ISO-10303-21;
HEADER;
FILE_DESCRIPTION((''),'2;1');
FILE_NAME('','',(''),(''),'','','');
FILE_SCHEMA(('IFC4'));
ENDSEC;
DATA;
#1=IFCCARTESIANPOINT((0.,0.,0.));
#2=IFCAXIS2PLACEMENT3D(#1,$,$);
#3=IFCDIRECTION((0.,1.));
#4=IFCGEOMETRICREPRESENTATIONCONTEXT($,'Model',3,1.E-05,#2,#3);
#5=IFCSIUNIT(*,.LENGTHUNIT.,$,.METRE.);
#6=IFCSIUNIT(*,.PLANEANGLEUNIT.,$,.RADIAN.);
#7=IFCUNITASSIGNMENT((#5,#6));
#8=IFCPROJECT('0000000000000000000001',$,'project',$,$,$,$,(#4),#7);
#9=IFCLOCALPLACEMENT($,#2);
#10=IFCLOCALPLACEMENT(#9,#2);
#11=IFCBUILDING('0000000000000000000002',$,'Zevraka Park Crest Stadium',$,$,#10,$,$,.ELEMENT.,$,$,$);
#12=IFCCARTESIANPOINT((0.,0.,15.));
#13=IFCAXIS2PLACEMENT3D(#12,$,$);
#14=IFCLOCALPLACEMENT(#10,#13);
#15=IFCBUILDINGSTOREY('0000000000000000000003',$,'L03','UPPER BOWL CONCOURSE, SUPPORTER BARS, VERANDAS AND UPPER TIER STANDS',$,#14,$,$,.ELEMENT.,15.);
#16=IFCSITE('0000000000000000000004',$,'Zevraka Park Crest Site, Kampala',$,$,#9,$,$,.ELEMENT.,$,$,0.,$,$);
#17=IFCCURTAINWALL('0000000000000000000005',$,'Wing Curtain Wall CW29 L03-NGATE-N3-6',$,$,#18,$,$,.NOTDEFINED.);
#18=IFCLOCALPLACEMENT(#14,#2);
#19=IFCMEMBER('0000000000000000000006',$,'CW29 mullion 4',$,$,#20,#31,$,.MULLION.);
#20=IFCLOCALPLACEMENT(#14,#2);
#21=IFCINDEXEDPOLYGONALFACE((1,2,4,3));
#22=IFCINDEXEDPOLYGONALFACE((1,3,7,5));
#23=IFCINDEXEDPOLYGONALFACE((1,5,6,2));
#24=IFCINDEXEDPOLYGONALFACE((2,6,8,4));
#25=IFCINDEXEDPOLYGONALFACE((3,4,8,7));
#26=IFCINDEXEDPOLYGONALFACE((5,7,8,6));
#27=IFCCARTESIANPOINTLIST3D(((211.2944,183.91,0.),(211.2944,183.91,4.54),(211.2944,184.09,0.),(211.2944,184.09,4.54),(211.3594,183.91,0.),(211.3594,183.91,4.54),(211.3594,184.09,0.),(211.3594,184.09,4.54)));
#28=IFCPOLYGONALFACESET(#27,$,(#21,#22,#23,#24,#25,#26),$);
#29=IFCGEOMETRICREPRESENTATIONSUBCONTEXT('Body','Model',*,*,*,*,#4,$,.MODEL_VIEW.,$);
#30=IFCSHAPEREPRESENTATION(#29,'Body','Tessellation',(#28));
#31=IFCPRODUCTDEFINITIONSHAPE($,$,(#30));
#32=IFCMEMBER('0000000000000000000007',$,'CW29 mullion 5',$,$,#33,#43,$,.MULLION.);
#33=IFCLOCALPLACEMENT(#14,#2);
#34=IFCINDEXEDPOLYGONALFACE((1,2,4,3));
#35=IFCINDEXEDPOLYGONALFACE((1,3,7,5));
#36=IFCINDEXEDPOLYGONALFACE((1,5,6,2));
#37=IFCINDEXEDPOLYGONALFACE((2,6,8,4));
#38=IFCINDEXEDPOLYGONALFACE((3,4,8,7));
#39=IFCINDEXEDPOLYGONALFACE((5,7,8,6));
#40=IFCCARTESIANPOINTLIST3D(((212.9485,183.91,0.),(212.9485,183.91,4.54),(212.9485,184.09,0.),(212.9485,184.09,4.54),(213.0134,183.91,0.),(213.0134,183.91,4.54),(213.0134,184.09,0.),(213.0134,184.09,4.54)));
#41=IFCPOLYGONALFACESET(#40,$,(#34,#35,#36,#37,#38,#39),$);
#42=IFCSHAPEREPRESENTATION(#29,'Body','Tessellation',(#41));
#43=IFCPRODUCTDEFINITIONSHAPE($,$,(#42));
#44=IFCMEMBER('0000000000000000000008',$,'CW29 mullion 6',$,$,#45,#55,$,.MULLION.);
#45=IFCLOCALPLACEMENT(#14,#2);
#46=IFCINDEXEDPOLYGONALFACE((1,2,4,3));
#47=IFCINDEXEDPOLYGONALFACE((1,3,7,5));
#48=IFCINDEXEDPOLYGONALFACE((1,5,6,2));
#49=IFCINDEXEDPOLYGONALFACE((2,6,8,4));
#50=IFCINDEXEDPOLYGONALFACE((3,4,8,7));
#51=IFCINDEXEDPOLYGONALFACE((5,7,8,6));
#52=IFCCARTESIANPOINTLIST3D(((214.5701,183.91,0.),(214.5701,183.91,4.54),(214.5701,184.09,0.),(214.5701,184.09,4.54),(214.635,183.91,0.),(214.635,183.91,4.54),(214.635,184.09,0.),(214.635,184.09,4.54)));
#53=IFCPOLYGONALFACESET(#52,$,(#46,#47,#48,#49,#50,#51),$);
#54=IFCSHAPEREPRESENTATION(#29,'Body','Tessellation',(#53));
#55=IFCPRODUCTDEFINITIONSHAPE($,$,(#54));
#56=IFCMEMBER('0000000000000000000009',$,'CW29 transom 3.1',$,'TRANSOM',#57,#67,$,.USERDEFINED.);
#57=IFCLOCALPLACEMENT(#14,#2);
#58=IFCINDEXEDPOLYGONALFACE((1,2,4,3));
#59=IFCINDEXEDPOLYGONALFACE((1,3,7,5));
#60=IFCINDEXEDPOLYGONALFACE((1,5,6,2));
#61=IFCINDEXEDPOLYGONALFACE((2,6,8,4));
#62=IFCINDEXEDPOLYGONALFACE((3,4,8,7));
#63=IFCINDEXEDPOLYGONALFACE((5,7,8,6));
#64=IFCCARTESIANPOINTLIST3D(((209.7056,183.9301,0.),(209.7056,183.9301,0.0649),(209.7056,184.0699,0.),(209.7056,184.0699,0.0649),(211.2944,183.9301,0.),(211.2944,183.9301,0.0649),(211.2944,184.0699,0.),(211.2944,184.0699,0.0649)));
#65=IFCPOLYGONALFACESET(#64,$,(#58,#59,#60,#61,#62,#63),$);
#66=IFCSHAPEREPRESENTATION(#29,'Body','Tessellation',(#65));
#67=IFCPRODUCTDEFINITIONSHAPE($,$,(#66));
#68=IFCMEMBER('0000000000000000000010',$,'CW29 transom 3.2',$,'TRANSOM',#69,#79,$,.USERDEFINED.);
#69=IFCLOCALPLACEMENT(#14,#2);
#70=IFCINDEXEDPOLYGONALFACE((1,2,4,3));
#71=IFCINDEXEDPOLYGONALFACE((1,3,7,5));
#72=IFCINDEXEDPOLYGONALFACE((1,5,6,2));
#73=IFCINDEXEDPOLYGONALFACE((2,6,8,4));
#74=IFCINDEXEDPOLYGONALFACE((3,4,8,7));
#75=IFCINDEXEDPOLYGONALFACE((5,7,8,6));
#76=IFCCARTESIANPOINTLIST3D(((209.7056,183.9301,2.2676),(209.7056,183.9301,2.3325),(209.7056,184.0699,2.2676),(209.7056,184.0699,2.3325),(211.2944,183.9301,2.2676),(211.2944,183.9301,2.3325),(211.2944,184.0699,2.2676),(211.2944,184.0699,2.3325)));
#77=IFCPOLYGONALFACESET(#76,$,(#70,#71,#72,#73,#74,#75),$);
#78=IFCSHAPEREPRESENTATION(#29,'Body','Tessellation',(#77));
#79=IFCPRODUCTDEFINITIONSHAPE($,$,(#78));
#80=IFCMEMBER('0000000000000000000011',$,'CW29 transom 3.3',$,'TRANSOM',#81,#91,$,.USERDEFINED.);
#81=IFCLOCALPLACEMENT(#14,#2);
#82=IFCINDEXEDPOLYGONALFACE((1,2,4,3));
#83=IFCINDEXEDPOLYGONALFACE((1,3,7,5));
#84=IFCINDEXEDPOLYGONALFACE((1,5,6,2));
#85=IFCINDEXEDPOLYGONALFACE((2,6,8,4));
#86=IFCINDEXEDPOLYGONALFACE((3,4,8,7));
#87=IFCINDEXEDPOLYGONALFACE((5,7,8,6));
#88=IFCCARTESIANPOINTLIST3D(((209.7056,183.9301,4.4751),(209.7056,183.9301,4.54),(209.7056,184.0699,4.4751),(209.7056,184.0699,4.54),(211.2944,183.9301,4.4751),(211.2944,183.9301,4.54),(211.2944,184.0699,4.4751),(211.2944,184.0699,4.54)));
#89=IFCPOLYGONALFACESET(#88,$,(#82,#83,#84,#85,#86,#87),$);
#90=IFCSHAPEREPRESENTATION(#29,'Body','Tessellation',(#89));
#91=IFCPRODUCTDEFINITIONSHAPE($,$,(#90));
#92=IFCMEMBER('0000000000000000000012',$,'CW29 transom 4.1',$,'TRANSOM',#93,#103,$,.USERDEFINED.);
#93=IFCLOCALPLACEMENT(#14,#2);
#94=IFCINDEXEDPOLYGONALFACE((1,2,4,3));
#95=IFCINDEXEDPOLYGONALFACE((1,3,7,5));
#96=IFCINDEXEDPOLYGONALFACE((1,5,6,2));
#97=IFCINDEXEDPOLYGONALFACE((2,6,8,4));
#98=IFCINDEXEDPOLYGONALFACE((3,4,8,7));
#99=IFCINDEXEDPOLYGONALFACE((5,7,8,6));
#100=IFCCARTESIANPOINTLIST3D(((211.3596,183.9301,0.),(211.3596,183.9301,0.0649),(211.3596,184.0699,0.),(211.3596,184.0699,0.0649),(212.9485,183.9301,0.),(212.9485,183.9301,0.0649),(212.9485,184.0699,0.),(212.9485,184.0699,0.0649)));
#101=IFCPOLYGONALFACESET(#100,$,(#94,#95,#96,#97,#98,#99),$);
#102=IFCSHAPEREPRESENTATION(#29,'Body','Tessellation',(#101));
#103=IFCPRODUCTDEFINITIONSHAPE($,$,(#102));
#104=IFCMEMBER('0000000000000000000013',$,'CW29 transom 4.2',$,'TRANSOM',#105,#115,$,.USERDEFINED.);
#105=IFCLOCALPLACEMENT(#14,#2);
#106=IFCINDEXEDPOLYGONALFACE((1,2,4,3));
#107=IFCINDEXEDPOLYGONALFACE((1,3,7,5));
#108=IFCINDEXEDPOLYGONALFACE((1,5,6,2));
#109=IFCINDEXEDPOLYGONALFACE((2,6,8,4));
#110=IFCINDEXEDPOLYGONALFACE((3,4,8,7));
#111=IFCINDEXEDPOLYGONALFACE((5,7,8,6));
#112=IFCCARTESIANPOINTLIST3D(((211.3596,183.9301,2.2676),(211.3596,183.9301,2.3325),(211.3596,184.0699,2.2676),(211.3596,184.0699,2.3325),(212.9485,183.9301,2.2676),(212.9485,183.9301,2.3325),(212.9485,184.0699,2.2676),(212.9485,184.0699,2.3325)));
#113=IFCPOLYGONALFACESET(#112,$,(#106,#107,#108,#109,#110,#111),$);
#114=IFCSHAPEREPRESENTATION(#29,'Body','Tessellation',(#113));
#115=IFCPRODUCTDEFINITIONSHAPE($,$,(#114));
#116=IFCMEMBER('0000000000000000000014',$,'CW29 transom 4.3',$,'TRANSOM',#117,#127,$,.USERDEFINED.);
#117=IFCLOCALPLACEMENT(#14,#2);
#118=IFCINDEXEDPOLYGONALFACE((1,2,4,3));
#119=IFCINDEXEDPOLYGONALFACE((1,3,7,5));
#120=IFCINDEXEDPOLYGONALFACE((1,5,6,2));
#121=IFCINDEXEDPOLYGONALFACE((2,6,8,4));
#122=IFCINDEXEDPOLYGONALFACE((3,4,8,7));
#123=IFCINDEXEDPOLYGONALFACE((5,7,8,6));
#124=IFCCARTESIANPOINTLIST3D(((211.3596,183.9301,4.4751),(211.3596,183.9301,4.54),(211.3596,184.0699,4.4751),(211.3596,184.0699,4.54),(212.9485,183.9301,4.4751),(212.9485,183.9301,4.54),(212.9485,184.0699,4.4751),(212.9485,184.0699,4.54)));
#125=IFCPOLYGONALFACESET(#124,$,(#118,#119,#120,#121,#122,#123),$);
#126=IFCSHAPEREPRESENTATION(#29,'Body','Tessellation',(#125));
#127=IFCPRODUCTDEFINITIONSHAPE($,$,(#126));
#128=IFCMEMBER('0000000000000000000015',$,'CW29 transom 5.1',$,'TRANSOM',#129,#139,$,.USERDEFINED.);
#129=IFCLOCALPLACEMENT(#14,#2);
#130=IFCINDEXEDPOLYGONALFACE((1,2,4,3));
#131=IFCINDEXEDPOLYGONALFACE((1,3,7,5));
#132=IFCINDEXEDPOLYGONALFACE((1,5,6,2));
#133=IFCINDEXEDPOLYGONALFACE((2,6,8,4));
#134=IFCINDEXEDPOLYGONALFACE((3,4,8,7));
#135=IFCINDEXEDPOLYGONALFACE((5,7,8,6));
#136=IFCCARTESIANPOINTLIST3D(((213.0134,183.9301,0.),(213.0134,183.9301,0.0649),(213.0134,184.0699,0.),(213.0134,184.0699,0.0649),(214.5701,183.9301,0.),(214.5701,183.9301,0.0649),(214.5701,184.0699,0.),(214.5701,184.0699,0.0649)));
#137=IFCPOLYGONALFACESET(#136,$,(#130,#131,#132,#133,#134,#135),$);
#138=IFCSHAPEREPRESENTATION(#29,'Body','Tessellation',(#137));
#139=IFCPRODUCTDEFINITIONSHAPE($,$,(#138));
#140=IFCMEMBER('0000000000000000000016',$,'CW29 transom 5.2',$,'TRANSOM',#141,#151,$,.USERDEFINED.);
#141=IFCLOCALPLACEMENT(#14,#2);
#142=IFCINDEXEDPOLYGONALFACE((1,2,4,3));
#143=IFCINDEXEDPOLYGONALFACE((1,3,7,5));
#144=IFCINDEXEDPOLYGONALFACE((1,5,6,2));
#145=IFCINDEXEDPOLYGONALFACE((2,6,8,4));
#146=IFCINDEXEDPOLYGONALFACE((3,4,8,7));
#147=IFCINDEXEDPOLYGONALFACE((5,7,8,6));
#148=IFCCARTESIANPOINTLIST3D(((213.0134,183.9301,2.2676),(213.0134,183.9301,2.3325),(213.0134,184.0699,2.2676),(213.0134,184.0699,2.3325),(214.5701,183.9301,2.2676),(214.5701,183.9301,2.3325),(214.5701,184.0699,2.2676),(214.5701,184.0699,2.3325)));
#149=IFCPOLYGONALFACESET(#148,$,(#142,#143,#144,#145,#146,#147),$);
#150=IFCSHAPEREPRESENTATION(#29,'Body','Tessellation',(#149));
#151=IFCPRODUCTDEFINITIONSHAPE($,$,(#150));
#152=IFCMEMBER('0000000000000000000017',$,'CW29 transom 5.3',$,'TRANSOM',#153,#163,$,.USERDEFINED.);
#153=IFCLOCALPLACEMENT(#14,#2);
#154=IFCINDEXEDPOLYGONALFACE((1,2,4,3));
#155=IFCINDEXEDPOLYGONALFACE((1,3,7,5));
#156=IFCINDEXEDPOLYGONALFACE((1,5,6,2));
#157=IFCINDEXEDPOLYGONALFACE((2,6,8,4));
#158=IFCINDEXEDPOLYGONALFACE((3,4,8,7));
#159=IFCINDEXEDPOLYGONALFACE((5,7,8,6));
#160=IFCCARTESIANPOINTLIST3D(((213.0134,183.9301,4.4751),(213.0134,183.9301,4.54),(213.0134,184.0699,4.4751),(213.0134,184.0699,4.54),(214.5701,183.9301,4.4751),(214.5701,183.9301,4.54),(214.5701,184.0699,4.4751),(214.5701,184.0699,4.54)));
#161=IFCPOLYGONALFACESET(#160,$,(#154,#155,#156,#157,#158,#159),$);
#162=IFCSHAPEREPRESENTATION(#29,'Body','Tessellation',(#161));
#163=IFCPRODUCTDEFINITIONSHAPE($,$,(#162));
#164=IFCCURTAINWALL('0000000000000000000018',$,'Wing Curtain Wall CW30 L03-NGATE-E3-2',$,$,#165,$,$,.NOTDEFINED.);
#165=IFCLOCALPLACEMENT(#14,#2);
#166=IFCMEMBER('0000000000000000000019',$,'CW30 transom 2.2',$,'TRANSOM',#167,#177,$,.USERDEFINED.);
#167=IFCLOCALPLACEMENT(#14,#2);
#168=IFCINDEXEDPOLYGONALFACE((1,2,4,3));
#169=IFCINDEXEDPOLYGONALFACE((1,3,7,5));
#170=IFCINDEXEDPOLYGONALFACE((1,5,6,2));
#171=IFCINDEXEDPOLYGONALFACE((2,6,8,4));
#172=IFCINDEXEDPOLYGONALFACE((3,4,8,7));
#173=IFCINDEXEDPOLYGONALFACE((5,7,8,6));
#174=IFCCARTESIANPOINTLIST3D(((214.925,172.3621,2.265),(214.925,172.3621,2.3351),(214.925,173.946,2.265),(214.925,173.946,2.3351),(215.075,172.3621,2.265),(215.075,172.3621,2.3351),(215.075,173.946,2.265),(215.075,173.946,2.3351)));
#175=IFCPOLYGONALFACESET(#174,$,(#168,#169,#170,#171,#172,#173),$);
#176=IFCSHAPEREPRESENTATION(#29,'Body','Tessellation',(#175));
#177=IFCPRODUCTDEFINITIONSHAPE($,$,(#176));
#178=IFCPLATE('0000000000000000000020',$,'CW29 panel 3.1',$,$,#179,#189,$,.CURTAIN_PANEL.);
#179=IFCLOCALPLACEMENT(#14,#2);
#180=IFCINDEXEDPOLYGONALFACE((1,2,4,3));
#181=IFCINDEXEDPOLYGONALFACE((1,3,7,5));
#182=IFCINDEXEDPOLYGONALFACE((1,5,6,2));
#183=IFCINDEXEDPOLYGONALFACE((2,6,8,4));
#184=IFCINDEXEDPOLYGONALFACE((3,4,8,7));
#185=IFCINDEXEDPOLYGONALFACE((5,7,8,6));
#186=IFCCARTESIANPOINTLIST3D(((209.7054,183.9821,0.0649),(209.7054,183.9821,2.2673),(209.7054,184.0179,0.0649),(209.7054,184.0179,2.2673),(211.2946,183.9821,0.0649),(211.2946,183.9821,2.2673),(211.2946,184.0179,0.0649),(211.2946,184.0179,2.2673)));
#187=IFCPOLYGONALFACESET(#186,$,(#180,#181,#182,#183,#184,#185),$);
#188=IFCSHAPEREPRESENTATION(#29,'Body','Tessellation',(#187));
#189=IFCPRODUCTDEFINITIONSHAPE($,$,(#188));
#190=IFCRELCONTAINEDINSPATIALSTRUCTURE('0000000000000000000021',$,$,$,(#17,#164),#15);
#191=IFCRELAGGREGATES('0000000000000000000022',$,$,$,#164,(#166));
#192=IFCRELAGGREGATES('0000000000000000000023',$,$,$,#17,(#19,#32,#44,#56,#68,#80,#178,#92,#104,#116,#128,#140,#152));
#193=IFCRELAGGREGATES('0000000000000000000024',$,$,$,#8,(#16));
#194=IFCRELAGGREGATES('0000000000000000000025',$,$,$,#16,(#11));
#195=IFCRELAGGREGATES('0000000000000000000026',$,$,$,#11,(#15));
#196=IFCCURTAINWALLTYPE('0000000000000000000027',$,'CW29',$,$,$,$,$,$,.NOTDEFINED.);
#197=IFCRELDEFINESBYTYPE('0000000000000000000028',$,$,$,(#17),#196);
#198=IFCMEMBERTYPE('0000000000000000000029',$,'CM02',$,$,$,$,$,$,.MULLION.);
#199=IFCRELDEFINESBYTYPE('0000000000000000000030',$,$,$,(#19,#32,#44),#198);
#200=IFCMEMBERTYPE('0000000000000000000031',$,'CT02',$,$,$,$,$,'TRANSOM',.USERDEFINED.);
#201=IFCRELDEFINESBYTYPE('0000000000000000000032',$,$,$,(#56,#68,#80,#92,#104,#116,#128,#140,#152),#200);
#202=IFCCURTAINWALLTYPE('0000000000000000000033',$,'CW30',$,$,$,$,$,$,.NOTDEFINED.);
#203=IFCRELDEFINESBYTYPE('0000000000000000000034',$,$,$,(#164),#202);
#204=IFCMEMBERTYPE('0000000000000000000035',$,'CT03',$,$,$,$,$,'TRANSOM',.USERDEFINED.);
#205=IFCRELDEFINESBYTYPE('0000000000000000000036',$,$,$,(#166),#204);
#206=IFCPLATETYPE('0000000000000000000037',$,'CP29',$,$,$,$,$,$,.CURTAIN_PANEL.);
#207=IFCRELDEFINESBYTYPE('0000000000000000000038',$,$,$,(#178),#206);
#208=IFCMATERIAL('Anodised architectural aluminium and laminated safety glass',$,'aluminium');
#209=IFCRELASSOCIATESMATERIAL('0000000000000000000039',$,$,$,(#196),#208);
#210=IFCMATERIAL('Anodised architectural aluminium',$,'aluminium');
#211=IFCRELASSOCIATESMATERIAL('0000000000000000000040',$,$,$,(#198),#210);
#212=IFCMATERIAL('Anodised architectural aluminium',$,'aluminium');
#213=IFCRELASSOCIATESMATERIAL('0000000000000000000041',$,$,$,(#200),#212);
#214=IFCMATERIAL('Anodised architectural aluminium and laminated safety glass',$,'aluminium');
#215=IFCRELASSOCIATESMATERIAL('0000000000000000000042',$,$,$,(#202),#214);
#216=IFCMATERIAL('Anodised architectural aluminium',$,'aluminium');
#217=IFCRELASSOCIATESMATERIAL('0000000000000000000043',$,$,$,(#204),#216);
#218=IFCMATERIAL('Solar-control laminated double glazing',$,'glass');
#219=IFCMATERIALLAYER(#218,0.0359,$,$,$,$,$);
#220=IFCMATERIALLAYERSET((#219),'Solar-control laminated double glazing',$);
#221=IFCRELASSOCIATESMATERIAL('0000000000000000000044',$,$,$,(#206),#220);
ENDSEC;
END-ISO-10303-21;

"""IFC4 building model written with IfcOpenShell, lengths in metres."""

from ifc_helpers import new_model, si_unit, direction, frame, origin, origin_2d, place, context, subcontext, project, spatial, rectangle, extrude, material, layer, layer_set, material_profile, profile_set, type_object, element, aggregate, save


model = new_model("IFC4")

# Units and contexts
model_context = context("Model", 3, precision=1e-05, world=origin(), true_north=direction((0.0, 1.0)))
body_context = subcontext(model_context, "Body", "Model", "MODEL_VIEW")
ifc_project = project(units=[si_unit("LENGTHUNIT", "METRE"), si_unit("PLANEANGLEUNIT", "RADIAN")], contexts=[model_context])

# Site, building, storey
site_placement = place(None, origin())
site = spatial("IfcSite", under=ifc_project, at=site_placement, Name="Zevraka Park Crest Site, Kampala", CompositionType="ELEMENT", RefElevation=0.0)
building_placement = place(site_placement, origin())
building = spatial("IfcBuilding", under=site, at=building_placement, Name="Zevraka Park Crest Stadium", CompositionType="ELEMENT")
storey_placement = place(building_placement, frame((0.0, 0.0, 15.0)))
storey = spatial("IfcBuildingStorey", under=building, at=storey_placement, Name="L03", Description="UPPER BOWL CONCOURSE, SUPPORTER BARS, VERANDAS AND UPPER TIER STANDS", CompositionType="ELEMENT", Elevation=15.0)

# Curtain wall, members
ifc_material_1 = material(Name="Anodised architectural aluminium and laminated safety glass", Category="aluminium")
curtain_wall_type_1 = type_object("IfcCurtainWallType", Name="CW29", PredefinedType="NOTDEFINED", material=ifc_material_1)
curtain_wall_1_placement = place(storey_placement, origin())
curtain_wall_1 = element("IfcCurtainWall", 1, at=curtain_wall_1_placement, inside=storey, type_object=curtain_wall_type_1, Name="Wing Curtain Wall CW29 L03-NGATE-N3-6", PredefinedType="NOTDEFINED")
ifc_material_2 = material(Name="Anodised architectural aluminium", Category="aluminium")
ifc_material_profile_1 = material_profile(ifc_material_2, rectangle(XDim=0.1799, YDim=0.0649, at=origin_2d()), Name="ALU MULLION 180x65")
ifc_profile_set_1 = profile_set([ifc_material_profile_1], Name="Anodised architectural aluminium")
member_type_1 = type_object("IfcMemberType", Name="CM02", PredefinedType="MULLION", material=ifc_profile_set_1)
member_1_placement = place(storey_placement, frame((211.3269, 184.0, 0.0), z_axis=(0.0, 0.0, 1.0), x_axis=(0.0, 1.0, 0.0)))
member_1 = element("IfcMember", 2, at=member_1_placement, type_object=member_type_1, Name="CW29 mullion 4", PredefinedType="MULLION", context=body_context, shape_type="SweptSolid", body=[
    extrude(rectangle(XDim=0.1799, YDim=0.0649, at=origin_2d()), origin(), (0.0, 0.0, 1.0), 4.54),
])
member_2_placement = place(storey_placement, frame((212.981, 184.0, 0.0), z_axis=(0.0, 0.0, 1.0), x_axis=(0.0, 1.0, 0.0)))
member_2 = element("IfcMember", 3, at=member_2_placement, type_object=member_type_1, Name="CW29 mullion 5", PredefinedType="MULLION", context=body_context, shape_type="SweptSolid", body=[
    extrude(rectangle(XDim=0.1799, YDim=0.0649, at=origin_2d()), origin(), (0.0, 0.0, 1.0), 4.54),
])
member_3_placement = place(storey_placement, frame((214.6025, 184.0, 0.0), z_axis=(0.0, 0.0, 1.0), x_axis=(0.0, 1.0, 0.0)))
member_3 = element("IfcMember", 4, at=member_3_placement, type_object=member_type_1, Name="CW29 mullion 6", PredefinedType="MULLION", context=body_context, shape_type="SweptSolid", body=[
    extrude(rectangle(XDim=0.1799, YDim=0.0649, at=origin_2d()), origin(), (0.0, 0.0, 1.0), 4.54),
])
ifc_material_3 = material(Name="Anodised architectural aluminium", Category="aluminium")
ifc_material_profile_2 = material_profile(ifc_material_3, rectangle(XDim=0.1399, YDim=0.0649, at=origin_2d()), Name="ALU TRANSOM 140x65")
ifc_profile_set_2 = profile_set([ifc_material_profile_2], Name="Anodised architectural aluminium")
member_type_2 = type_object("IfcMemberType", Name="CT02", ElementType="TRANSOM", PredefinedType="USERDEFINED", material=ifc_profile_set_2)
member_4_placement = place(storey_placement, frame((209.7056, 184.0, 0.0325), z_axis=(1.0, 0.0, 0.0), x_axis=(0.0, 1.0, 0.0)))
member_4 = element("IfcMember", 5, at=member_4_placement, type_object=member_type_2, Name="CW29 transom 3.1", ObjectType="TRANSOM", PredefinedType="USERDEFINED", context=body_context, shape_type="SweptSolid", body=[
    extrude(rectangle(XDim=0.1399, YDim=0.0649, at=origin_2d()), origin(), (0.0, 0.0, 1.0), 1.5889),
])
member_5_placement = place(storey_placement, frame((209.7056, 184.0, 2.3), z_axis=(1.0, 0.0, 0.0), x_axis=(0.0, 1.0, 0.0)))
member_5 = element("IfcMember", 6, at=member_5_placement, type_object=member_type_2, Name="CW29 transom 3.2", ObjectType="TRANSOM", PredefinedType="USERDEFINED", context=body_context, shape_type="SweptSolid", body=[
    extrude(rectangle(XDim=0.1399, YDim=0.0649, at=origin_2d()), origin(), (0.0, 0.0, 1.0), 1.5889),
])
member_6_placement = place(storey_placement, frame((209.7056, 184.0, 4.5076), z_axis=(1.0, 0.0, 0.0), x_axis=(0.0, 1.0, 0.0)))
member_6 = element("IfcMember", 7, at=member_6_placement, type_object=member_type_2, Name="CW29 transom 3.3", ObjectType="TRANSOM", PredefinedType="USERDEFINED", context=body_context, shape_type="SweptSolid", body=[
    extrude(rectangle(XDim=0.1399, YDim=0.0649, at=origin_2d()), origin(), (0.0, 0.0, 1.0), 1.5889),
])
member_7_placement = place(storey_placement, frame((211.3596, 184.0, 0.0325), z_axis=(1.0, 0.0, 0.0), x_axis=(0.0, 1.0, 0.0)))
member_7 = element("IfcMember", 8, at=member_7_placement, type_object=member_type_2, Name="CW29 transom 4.1", ObjectType="TRANSOM", PredefinedType="USERDEFINED", context=body_context, shape_type="SweptSolid", body=[
    extrude(rectangle(XDim=0.1399, YDim=0.0649, at=origin_2d()), origin(), (0.0, 0.0, 1.0), 1.5889),
])
member_8_placement = place(storey_placement, frame((211.3596, 184.0, 2.3), z_axis=(1.0, 0.0, 0.0), x_axis=(0.0, 1.0, 0.0)))
member_8 = element("IfcMember", 9, at=member_8_placement, type_object=member_type_2, Name="CW29 transom 4.2", ObjectType="TRANSOM", PredefinedType="USERDEFINED", context=body_context, shape_type="SweptSolid", body=[
    extrude(rectangle(XDim=0.1399, YDim=0.0649, at=origin_2d()), origin(), (0.0, 0.0, 1.0), 1.5889),
])
member_9_placement = place(storey_placement, frame((211.3596, 184.0, 4.5076), z_axis=(1.0, 0.0, 0.0), x_axis=(0.0, 1.0, 0.0)))
member_9 = element("IfcMember", 10, at=member_9_placement, type_object=member_type_2, Name="CW29 transom 4.3", ObjectType="TRANSOM", PredefinedType="USERDEFINED", context=body_context, shape_type="SweptSolid", body=[
    extrude(rectangle(XDim=0.1399, YDim=0.0649, at=origin_2d()), origin(), (0.0, 0.0, 1.0), 1.5889),
])
member_10_placement = place(storey_placement, frame((213.0134, 184.0, 0.0325), z_axis=(1.0, 0.0, 0.0), x_axis=(0.0, 1.0, 0.0)))
member_10 = element("IfcMember", 11, at=member_10_placement, type_object=member_type_2, Name="CW29 transom 5.1", ObjectType="TRANSOM", PredefinedType="USERDEFINED", context=body_context, shape_type="SweptSolid", body=[
    extrude(rectangle(XDim=0.1399, YDim=0.0649, at=origin_2d()), origin(), (0.0, 0.0, 1.0), 1.5566),
])
member_11_placement = place(storey_placement, frame((213.0134, 184.0, 2.3), z_axis=(1.0, 0.0, 0.0), x_axis=(0.0, 1.0, 0.0)))
member_11 = element("IfcMember", 12, at=member_11_placement, type_object=member_type_2, Name="CW29 transom 5.2", ObjectType="TRANSOM", PredefinedType="USERDEFINED", context=body_context, shape_type="SweptSolid", body=[
    extrude(rectangle(XDim=0.1399, YDim=0.0649, at=origin_2d()), origin(), (0.0, 0.0, 1.0), 1.5566),
])
member_12_placement = place(storey_placement, frame((213.0134, 184.0, 4.5076), z_axis=(1.0, 0.0, 0.0), x_axis=(0.0, 1.0, 0.0)))
member_12 = element("IfcMember", 13, at=member_12_placement, type_object=member_type_2, Name="CW29 transom 5.3", ObjectType="TRANSOM", PredefinedType="USERDEFINED", context=body_context, shape_type="SweptSolid", body=[
    extrude(rectangle(XDim=0.1399, YDim=0.0649, at=origin_2d()), origin(), (0.0, 0.0, 1.0), 1.5566),
])

# Curtain wall, member
ifc_material_4 = material(Name="Anodised architectural aluminium and laminated safety glass", Category="aluminium")
curtain_wall_type_2 = type_object("IfcCurtainWallType", Name="CW30", PredefinedType="NOTDEFINED", material=ifc_material_4)
curtain_wall_2_placement = place(storey_placement, origin())
curtain_wall_2 = element("IfcCurtainWall", 14, at=curtain_wall_2_placement, inside=storey, type_object=curtain_wall_type_2, Name="Wing Curtain Wall CW30 L03-NGATE-E3-2", PredefinedType="NOTDEFINED")
ifc_material_5 = material(Name="Anodised architectural aluminium", Category="aluminium")
ifc_material_profile_3 = material_profile(ifc_material_5, rectangle(XDim=0.1499, YDim=0.0701, at=origin_2d()), Name="ALU TRANSOM 150x70")
ifc_profile_set_3 = profile_set([ifc_material_profile_3], Name="Anodised architectural aluminium")
member_type_3 = type_object("IfcMemberType", Name="CT03", ElementType="TRANSOM", PredefinedType="USERDEFINED", material=ifc_profile_set_3)
member_13_placement = place(storey_placement, frame((215.0, 173.946, 2.3), z_axis=(0.0, -1.0, 0.0), x_axis=(1.0, 0.0, 0.0)))
member_13 = element("IfcMember", 15, at=member_13_placement, type_object=member_type_3, Name="CW30 transom 2.2", ObjectType="TRANSOM", PredefinedType="USERDEFINED", context=body_context, shape_type="SweptSolid", body=[
    extrude(rectangle(XDim=0.1499, YDim=0.0701, at=origin_2d()), origin(), (0.0, 0.0, 1.0), 1.584),
])
aggregate(curtain_wall_2, [member_13])

# Plate
ifc_material_6 = material(Name="Solar-control laminated double glazing", Category="glass")
ifc_layer_1 = layer(ifc_material_6, 0.0359)
ifc_layer_set_1 = layer_set([ifc_layer_1], Name="Solar-control laminated double glazing")
plate_type = type_object("IfcPlateType", Name="CP29", PredefinedType="CURTAIN_PANEL", material=ifc_layer_set_1)
plate_1_placement = place(storey_placement, frame((210.5, 184.0, 0.0649), z_axis=(0.0, 0.0, 1.0), x_axis=(1.0, 0.0, 0.0)))
plate_1 = element("IfcPlate", 16, at=plate_1_placement, type_object=plate_type, Name="CW29 panel 3.1", PredefinedType="CURTAIN_PANEL", context=body_context, shape_type="SweptSolid", body=[
    extrude(rectangle(XDim=1.5891, YDim=0.0359, at=origin_2d()), origin(), (0.0, 0.0, 1.0), 2.2024),
])
aggregate(curtain_wall_1, [member_1, member_2, member_3, member_4, member_5, member_6, plate_1, member_7, member_8, member_9, member_10, member_11, member_12])

save(model, "model.ifc")
